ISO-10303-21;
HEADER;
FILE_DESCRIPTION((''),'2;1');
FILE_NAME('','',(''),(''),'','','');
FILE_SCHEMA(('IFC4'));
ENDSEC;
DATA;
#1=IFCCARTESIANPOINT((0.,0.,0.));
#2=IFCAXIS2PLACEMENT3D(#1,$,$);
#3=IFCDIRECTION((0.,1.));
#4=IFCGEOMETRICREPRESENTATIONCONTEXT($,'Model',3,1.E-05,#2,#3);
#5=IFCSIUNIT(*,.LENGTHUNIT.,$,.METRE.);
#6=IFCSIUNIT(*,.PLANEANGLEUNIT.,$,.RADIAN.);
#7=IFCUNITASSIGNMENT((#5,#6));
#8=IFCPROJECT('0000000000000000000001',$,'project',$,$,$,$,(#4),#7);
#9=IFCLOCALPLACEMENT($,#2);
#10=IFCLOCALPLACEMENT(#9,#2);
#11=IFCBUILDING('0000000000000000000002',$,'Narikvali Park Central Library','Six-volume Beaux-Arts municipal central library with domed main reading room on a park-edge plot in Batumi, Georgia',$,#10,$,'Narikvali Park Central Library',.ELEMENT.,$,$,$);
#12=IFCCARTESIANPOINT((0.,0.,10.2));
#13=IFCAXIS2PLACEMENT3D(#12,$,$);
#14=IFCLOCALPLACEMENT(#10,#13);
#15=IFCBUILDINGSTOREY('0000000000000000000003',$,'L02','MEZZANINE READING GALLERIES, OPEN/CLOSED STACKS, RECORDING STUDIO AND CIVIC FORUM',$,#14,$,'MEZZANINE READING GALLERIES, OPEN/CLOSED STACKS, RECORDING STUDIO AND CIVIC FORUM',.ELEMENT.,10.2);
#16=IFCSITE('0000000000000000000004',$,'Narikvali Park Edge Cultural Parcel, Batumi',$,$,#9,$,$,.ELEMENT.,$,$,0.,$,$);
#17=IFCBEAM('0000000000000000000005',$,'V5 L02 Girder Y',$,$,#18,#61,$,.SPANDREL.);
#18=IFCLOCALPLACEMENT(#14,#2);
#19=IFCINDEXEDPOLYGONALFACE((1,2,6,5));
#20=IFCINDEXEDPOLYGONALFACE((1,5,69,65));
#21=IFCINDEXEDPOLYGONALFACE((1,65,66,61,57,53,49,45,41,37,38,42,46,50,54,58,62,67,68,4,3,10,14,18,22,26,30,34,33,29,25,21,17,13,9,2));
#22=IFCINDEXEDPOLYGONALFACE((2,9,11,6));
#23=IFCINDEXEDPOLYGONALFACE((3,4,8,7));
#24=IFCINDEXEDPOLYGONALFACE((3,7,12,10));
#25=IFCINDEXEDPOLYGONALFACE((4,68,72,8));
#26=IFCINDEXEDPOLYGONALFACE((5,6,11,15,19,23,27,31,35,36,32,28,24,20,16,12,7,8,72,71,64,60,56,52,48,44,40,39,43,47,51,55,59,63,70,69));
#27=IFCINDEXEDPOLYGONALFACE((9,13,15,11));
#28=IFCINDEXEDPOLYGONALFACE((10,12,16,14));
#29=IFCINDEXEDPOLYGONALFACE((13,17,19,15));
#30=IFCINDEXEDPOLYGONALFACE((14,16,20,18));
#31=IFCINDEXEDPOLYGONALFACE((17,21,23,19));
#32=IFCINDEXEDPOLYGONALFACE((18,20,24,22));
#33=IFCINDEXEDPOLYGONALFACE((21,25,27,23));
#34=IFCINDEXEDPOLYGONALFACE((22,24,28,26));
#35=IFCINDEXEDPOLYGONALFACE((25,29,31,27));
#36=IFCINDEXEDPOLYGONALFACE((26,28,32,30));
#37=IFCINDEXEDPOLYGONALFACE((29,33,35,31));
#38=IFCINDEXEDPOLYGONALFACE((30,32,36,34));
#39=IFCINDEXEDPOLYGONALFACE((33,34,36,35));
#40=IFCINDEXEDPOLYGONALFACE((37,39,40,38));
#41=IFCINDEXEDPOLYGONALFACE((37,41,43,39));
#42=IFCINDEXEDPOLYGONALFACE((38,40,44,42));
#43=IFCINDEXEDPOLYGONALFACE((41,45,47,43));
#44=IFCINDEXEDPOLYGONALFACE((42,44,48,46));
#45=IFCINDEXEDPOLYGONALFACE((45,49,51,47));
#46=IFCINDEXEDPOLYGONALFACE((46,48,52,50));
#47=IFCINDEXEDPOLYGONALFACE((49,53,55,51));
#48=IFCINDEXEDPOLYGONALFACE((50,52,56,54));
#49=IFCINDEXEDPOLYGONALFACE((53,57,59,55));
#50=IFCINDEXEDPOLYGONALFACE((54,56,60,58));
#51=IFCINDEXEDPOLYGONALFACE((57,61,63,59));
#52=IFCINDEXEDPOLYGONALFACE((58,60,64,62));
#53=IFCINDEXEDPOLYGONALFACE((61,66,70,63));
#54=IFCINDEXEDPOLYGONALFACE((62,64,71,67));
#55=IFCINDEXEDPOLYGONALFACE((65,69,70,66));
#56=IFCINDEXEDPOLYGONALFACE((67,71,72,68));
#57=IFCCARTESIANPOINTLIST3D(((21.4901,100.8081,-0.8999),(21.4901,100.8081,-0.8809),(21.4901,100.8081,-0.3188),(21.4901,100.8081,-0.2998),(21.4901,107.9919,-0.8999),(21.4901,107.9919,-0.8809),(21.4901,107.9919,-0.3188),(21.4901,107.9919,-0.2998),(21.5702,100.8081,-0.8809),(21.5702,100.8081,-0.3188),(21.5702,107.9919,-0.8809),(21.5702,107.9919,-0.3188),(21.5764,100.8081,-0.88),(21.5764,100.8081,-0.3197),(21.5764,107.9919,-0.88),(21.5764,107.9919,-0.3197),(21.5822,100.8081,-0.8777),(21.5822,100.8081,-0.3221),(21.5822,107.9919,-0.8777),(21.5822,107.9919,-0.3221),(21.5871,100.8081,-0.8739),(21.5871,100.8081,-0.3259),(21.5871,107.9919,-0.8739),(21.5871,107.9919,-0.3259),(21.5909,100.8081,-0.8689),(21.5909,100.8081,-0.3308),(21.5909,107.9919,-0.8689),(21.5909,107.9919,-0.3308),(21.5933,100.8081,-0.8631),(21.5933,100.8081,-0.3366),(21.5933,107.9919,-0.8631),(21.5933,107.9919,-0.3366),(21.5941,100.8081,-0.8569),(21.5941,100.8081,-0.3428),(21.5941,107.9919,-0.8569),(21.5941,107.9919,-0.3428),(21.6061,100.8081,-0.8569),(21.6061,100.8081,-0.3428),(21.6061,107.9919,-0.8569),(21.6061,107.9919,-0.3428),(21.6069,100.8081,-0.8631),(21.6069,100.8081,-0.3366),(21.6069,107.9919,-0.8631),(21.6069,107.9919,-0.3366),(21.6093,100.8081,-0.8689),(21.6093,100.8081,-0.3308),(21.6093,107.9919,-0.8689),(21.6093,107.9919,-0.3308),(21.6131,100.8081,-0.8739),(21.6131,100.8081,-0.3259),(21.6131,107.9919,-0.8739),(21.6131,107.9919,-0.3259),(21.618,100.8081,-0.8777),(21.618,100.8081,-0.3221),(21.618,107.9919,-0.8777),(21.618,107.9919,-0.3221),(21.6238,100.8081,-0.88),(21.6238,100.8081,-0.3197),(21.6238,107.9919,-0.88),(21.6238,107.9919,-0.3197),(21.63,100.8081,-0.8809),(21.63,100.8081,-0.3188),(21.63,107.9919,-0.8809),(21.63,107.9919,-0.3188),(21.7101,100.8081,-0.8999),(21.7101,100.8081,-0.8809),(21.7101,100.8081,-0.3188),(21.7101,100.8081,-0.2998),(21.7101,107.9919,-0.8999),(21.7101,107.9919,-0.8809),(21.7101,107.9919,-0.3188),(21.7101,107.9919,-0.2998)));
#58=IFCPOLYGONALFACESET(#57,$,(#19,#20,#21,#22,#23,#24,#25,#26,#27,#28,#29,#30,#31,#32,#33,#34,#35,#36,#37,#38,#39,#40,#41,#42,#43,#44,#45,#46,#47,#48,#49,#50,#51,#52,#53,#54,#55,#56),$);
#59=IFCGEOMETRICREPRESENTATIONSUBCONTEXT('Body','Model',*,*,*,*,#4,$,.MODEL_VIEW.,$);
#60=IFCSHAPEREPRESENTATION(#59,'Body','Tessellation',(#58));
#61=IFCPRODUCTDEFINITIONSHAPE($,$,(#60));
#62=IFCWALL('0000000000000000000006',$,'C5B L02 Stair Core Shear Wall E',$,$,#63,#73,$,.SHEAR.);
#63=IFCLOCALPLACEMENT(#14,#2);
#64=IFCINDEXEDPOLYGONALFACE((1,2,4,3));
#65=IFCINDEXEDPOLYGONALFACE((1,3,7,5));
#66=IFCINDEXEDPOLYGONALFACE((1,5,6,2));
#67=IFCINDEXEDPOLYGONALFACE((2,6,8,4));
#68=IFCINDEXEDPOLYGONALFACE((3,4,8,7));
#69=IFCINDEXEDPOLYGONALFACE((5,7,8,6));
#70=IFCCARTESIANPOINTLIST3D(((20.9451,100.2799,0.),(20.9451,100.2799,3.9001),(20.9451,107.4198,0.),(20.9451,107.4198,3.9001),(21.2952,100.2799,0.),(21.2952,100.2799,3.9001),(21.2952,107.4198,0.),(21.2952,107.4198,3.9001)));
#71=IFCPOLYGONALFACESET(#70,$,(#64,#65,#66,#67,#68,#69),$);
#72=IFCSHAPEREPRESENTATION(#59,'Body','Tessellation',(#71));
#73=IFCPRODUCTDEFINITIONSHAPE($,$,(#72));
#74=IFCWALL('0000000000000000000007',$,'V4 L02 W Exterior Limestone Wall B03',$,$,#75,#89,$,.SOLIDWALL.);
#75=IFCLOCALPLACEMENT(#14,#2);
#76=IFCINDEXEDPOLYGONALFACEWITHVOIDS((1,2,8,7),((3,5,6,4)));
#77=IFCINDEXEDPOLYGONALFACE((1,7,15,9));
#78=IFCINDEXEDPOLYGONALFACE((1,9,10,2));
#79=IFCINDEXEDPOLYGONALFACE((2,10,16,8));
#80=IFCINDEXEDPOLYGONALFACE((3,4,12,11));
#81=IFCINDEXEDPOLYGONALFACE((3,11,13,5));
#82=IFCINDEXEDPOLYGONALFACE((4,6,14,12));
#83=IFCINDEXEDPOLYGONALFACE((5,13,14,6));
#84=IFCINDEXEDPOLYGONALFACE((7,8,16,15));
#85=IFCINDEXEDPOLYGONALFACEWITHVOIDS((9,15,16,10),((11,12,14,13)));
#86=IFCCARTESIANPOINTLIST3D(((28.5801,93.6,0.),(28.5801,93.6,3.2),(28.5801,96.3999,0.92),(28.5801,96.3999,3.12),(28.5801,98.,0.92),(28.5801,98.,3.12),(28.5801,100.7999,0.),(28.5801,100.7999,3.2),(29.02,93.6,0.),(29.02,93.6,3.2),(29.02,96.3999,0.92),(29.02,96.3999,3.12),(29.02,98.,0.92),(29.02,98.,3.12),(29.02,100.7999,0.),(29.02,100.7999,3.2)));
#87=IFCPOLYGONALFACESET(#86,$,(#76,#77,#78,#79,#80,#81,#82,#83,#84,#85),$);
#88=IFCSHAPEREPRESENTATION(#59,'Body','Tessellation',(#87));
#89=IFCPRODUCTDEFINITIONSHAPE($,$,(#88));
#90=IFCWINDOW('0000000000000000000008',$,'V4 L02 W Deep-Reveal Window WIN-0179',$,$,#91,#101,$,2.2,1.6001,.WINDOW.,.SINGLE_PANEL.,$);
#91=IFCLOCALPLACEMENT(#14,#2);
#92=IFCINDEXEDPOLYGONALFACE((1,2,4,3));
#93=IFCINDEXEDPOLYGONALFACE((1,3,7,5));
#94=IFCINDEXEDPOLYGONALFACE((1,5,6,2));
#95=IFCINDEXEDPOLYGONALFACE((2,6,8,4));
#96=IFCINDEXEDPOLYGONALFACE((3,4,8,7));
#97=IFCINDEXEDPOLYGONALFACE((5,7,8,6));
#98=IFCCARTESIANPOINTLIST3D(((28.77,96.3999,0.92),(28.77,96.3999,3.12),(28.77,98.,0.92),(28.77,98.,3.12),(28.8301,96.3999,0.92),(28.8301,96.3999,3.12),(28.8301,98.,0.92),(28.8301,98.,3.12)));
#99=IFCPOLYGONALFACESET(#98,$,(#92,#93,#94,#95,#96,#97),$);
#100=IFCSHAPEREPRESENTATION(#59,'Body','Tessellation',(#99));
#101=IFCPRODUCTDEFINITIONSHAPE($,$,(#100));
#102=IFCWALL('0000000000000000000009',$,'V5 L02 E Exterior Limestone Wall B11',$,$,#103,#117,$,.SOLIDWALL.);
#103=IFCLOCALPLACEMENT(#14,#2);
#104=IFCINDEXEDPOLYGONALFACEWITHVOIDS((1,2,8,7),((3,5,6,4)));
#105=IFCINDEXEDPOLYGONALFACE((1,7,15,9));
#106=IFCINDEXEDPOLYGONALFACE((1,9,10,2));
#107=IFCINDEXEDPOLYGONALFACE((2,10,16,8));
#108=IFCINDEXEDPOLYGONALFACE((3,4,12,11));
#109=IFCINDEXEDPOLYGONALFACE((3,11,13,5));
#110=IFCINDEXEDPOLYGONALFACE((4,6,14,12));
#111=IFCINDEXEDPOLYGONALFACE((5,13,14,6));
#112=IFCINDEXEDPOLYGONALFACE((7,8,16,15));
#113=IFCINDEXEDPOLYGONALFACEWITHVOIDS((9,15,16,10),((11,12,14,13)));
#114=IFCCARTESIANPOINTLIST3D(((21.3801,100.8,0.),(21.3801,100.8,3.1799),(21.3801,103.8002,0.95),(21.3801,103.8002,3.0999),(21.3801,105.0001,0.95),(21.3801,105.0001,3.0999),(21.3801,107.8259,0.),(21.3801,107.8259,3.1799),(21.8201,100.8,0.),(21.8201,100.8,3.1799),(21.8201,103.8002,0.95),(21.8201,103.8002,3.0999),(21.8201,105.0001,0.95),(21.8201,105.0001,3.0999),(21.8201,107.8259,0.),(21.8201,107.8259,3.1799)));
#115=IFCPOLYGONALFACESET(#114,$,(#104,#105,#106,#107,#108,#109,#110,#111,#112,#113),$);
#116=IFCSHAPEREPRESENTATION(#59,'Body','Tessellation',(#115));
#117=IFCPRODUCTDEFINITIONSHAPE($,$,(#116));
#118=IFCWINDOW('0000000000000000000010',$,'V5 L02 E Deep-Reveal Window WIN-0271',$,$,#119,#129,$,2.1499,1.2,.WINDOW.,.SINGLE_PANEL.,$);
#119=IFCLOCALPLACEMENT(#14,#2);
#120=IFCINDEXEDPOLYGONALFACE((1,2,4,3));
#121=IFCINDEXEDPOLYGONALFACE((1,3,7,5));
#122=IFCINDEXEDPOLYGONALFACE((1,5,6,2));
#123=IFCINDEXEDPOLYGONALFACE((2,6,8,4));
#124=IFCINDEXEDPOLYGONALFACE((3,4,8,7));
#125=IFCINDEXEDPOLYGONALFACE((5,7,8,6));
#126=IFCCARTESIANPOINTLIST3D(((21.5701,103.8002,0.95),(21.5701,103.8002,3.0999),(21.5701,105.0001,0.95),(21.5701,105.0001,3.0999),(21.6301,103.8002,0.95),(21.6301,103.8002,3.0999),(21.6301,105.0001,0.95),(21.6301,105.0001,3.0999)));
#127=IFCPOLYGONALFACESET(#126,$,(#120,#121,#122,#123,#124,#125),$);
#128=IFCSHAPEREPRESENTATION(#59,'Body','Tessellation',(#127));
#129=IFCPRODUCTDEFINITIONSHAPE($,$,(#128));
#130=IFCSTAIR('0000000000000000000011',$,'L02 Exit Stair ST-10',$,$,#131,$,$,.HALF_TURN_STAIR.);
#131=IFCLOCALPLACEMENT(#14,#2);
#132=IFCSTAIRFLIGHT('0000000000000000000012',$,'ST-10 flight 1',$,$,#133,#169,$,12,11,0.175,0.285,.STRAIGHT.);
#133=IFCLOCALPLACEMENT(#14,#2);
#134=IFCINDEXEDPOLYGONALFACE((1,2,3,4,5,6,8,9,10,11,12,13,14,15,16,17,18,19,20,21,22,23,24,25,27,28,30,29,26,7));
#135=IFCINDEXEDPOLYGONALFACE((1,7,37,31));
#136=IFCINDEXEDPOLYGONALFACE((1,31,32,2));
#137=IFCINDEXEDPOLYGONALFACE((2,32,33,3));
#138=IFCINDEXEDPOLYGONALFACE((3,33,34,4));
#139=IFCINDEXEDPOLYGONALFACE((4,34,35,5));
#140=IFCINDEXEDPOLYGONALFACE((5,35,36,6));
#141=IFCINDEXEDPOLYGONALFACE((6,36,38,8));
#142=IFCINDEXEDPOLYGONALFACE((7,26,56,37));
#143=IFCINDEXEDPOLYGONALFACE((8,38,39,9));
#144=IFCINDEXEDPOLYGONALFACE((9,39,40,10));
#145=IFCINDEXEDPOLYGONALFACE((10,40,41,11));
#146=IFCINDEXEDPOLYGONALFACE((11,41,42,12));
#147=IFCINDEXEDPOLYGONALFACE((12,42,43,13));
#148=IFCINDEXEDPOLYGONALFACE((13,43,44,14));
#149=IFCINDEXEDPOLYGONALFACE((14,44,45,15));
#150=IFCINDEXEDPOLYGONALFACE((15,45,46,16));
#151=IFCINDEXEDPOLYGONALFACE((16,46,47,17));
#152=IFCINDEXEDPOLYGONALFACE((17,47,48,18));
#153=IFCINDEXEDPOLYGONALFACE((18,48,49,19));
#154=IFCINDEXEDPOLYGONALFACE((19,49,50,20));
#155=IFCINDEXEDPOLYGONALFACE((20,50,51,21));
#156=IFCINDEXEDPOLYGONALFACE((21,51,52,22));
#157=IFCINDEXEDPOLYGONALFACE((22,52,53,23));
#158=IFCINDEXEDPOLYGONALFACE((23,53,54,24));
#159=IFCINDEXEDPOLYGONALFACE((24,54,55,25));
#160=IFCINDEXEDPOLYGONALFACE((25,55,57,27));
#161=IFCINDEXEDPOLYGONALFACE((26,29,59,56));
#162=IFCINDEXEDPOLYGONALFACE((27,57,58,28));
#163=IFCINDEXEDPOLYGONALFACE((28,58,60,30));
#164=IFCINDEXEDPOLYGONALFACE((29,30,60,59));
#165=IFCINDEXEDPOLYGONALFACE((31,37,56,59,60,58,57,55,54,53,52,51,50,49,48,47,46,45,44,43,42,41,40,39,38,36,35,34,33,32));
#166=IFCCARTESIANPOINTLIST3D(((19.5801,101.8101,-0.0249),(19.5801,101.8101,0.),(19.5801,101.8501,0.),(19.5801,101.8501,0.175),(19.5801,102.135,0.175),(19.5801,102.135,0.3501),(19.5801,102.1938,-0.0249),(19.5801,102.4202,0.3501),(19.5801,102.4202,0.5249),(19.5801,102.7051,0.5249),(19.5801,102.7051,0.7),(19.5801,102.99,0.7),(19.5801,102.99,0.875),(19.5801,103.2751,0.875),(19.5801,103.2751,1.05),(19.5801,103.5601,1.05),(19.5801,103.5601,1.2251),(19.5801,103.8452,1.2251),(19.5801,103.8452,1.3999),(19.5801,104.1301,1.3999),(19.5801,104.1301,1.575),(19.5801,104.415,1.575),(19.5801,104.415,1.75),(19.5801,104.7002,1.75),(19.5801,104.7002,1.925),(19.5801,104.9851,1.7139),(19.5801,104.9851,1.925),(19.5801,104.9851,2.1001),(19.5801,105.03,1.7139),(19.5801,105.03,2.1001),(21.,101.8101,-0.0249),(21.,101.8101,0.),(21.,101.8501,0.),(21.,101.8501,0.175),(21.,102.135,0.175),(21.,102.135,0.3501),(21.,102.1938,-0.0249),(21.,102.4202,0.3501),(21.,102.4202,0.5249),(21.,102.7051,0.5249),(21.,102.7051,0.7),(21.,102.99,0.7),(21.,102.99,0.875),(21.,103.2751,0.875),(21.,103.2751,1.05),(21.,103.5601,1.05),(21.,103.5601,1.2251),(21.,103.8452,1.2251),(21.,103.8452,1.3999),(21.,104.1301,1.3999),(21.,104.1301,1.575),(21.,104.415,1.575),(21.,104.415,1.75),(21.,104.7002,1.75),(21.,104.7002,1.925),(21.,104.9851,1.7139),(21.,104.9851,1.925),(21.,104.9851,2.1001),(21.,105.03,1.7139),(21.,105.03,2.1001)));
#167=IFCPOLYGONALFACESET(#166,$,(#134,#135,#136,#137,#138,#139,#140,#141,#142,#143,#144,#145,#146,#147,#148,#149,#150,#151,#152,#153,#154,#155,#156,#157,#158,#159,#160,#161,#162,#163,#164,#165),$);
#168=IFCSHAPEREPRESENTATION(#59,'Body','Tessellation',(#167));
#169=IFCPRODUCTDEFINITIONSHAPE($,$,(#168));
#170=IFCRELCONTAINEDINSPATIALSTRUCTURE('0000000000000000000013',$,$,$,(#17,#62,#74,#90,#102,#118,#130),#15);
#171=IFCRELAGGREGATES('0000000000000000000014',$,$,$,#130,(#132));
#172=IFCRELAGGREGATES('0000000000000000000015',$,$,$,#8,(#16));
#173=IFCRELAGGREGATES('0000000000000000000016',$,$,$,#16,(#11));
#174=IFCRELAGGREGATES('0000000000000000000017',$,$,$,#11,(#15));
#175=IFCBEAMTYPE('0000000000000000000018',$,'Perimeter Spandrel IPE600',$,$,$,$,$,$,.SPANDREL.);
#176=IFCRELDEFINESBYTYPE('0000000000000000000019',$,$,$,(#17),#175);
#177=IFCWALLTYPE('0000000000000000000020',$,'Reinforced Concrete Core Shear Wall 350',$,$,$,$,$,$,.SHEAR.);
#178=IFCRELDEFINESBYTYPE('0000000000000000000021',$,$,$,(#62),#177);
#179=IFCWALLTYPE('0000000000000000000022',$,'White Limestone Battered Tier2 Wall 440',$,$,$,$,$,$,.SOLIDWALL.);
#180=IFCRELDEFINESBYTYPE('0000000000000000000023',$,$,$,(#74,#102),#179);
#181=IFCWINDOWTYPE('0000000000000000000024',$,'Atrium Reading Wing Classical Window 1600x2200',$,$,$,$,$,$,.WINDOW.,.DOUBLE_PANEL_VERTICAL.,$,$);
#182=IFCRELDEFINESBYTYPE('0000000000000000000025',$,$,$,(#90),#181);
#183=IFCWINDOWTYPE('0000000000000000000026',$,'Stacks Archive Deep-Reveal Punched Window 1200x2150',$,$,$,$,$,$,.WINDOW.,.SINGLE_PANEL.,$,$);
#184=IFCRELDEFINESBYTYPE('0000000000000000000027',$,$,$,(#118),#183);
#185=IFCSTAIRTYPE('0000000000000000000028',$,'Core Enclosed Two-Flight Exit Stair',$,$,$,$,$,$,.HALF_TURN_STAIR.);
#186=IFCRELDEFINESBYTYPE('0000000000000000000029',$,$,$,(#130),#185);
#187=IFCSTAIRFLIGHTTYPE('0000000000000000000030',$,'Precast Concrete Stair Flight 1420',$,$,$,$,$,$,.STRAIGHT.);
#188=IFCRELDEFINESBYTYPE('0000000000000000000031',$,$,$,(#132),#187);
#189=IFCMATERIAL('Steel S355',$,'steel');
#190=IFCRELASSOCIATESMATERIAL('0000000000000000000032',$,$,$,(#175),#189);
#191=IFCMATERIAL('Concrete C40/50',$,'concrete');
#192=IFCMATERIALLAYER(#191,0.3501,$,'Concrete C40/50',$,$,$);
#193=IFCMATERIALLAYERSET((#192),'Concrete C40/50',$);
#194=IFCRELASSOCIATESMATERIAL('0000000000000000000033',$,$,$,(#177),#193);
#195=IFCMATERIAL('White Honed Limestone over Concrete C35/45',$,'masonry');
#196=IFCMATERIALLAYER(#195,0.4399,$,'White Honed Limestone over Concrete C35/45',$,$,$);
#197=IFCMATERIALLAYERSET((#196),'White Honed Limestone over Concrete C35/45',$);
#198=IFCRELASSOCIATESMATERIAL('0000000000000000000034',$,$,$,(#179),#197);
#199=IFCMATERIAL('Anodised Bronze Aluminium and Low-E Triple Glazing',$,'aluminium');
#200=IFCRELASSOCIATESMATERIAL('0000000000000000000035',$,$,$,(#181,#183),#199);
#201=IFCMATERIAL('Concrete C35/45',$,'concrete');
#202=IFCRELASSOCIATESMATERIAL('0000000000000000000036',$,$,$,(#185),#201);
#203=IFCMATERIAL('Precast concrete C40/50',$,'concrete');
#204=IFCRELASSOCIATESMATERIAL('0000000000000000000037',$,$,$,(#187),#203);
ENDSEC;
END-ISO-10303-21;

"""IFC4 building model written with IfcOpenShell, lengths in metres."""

from ifc_helpers import new_model, si_unit, direction, frame, frame_2d, origin, origin_2d, place, context, subcontext, project, spatial, polyline, rectangle, i_section, outline, extrude, material, layer, layer_set, material_profile, profile_set, type_object, element, fill, aggregate, save


model = new_model("IFC4")

# Units and contexts
model_context = context("Model", 3, precision=1e-05, world=origin(), true_north=direction((0.0, 1.0)))
body_context = subcontext(model_context, "Body", "Model", "MODEL_VIEW")
ifc_project = project(units=[si_unit("LENGTHUNIT", "METRE"), si_unit("PLANEANGLEUNIT", "RADIAN")], contexts=[model_context])

# Site, building, storey
site_placement = place(None, origin())
site = spatial("IfcSite", under=ifc_project, at=site_placement, Name="Narikvali Park Edge Cultural Parcel, Batumi", CompositionType="ELEMENT", RefElevation=0.0)
building_placement = place(site_placement, origin())
building = spatial("IfcBuilding", under=site, at=building_placement, Name="Narikvali Park Central Library", Description="Six-volume Beaux-Arts municipal central library with domed main reading room on a park-edge plot in Batumi, Georgia", LongName="Narikvali Park Central Library", CompositionType="ELEMENT")
storey_placement = place(building_placement, frame((0.0, 0.0, 10.2)))
storey = spatial("IfcBuildingStorey", under=building, at=storey_placement, Name="L02", Description="MEZZANINE READING GALLERIES, OPEN/CLOSED STACKS, RECORDING STUDIO AND CIVIC FORUM", LongName="MEZZANINE READING GALLERIES, OPEN/CLOSED STACKS, RECORDING STUDIO AND CIVIC FORUM", CompositionType="ELEMENT", Elevation=10.2)

# Shared definitions
ifc_material_1 = material(Name="Steel S355", Category="steel")

# Beam
ifc_material_profile_1 = material_profile(ifc_material_1, i_section(OverallWidth=0.22, OverallDepth=0.6001, WebThickness=0.012, FlangeThickness=0.019, FilletRadius=0.0239, at=origin_2d()), Name="IPE 600")
ifc_profile_set_1 = profile_set([ifc_material_profile_1], Name="Steel S355")
beam_type_1 = type_object("IfcBeamType", Name="Perimeter Spandrel IPE600", PredefinedType="SPANDREL", material=ifc_profile_set_1)
beam_1_placement = place(storey_placement, frame((21.6001, 100.8081, -0.5999), z_axis=(0.0, 1.0, 0.0), x_axis=(-1.0, 0.0, 0.0)))
element("IfcBeam", 1, at=beam_1_placement, inside=storey, type_object=beam_type_1, Name="V5 L02 Girder Y", PredefinedType="SPANDREL", context=body_context, shape_type="SweptSolid", body=[
    extrude(i_section(OverallWidth=0.22, OverallDepth=0.6001, WebThickness=0.012, FlangeThickness=0.019, FilletRadius=0.0239, at=origin_2d()), origin(), (0.0, 0.0, 1.0), 7.1838),
])

# Shared definitions
ifc_material_2 = material(Name="Concrete C40/50", Category="concrete")
ifc_layer_1 = layer(ifc_material_2, 0.3501, Name="Concrete C40/50")
ifc_layer_set_1 = layer_set([ifc_layer_1], Name="Concrete C40/50")
wall_type_1 = type_object("IfcWallType", Name="Reinforced Concrete Core Shear Wall 350", PredefinedType="SHEAR", material=ifc_layer_set_1)

# Wall
wall_1_placement = place(storey_placement, frame((21.1201, 100.28, 0.0), z_axis=(0.0, 0.0, 1.0), x_axis=(0.0, 1.0, 0.0)))
element("IfcWall", 2, at=wall_1_placement, inside=storey, type_object=wall_type_1, Name="C5B L02 Stair Core Shear Wall E", PredefinedType="SHEAR", context=body_context, shape_type="SweptSolid", body=[
    extrude(rectangle(XDim=7.1399, YDim=0.3501, at=frame_2d((3.5698, 0.0))), origin(), (0.0, 0.0, 1.0), 3.9001),
])

# Walls, openings, windows
ifc_material_3 = material(Name="White Honed Limestone over Concrete C35/45", Category="masonry")
ifc_layer_2 = layer(ifc_material_3, 0.4399, Name="White Honed Limestone over Concrete C35/45")
ifc_layer_set_2 = layer_set([ifc_layer_2], Name="White Honed Limestone over Concrete C35/45")
wall_type_2 = type_object("IfcWallType", Name="White Limestone Battered Tier2 Wall 440", PredefinedType="SOLIDWALL", material=ifc_layer_set_2)
wall_2_placement = place(storey_placement, frame((28.8, 100.8, 0.0), z_axis=(0.0, 0.0, 1.0), x_axis=(0.0, -1.0, 0.0)))
wall_2 = element("IfcWall", 3, at=wall_2_placement, inside=storey, type_object=wall_type_2, Name="V4 L02 W Exterior Limestone Wall B03", PredefinedType="SOLIDWALL", context=body_context, shape_type="SweptSolid", body=[
    extrude(rectangle(XDim=7.2, YDim=0.4399, at=frame_2d((3.6001, 0.0))), origin(), (0.0, 0.0, 1.0), 3.2),
])
opening_1_placement = place(wall_2_placement, frame((2.8, 0.0, 0.9199)))
opening_1 = element("IfcOpeningElement", 4, at=opening_1_placement, cuts=wall_2, PredefinedType="OPENING", context=body_context, shape_type="SweptSolid", body=[
    extrude(rectangle(XDim=1.6001, YDim=2.2, at=frame_2d((0.8, 1.1001))), frame((0.0, 0.2319, 0.0), z_axis=(0.0, -1.0, 0.0), x_axis=(1.0, 0.0, 0.0)), (0.0, 0.0, 1.0), 0.4639),
])
ifc_material_4 = material(Name="Anodised Bronze Aluminium and Low-E Triple Glazing", Category="aluminium")
window_type_1 = type_object("IfcWindowType", Name="Atrium Reading Wing Classical Window 1600x2200", PartitioningType="DOUBLE_PANEL_VERTICAL", PredefinedType="WINDOW", material=ifc_material_4)
window_1_placement = place(opening_1_placement, origin())
window_1 = element("IfcWindow", 5, at=window_1_placement, inside=storey, type_object=window_type_1, Name="V4 L02 W Deep-Reveal Window WIN-0179", OverallHeight=2.2, OverallWidth=1.6001, PartitioningType="SINGLE_PANEL", PredefinedType="WINDOW", context=body_context, shape_type="SweptSolid", body=[
    extrude(rectangle(XDim=1.6001, YDim=2.2, at=frame_2d((0.8, 1.1001))), frame((0.0, 0.03, 0.0), z_axis=(0.0, -1.0, 0.0), x_axis=(1.0, 0.0, 0.0)), (0.0, 0.0, 1.0), 0.0601),
])
fill(opening_1, window_1)
wall_3_placement = place(storey_placement, frame((21.6001, 100.8, 0.0), z_axis=(0.0, 0.0, 1.0), x_axis=(0.0, 1.0, 0.0)))
wall_3 = element("IfcWall", 6, at=wall_3_placement, inside=storey, type_object=wall_type_2, Name="V5 L02 E Exterior Limestone Wall B11", PredefinedType="SOLIDWALL", context=body_context, shape_type="SweptSolid", body=[
    extrude(rectangle(XDim=7.0259, YDim=0.4399, at=frame_2d((3.5129, 0.0))), origin(), (0.0, 0.0, 1.0), 3.1799),
])
opening_2_placement = place(wall_3_placement, frame((3.0, 0.0, 0.95)))
opening_2 = element("IfcOpeningElement", 7, at=opening_2_placement, cuts=wall_3, PredefinedType="OPENING", context=body_context, shape_type="SweptSolid", body=[
    extrude(rectangle(XDim=1.2, YDim=2.1499, at=frame_2d((0.6001, 1.075))), frame((0.0, 0.2319, 0.0), z_axis=(0.0, -1.0, 0.0), x_axis=(1.0, 0.0, 0.0)), (0.0, 0.0, 1.0), 0.4639),
])
window_type_2 = type_object("IfcWindowType", Name="Stacks Archive Deep-Reveal Punched Window 1200x2150", PartitioningType="SINGLE_PANEL", PredefinedType="WINDOW", material=ifc_material_4)
window_2_placement = place(opening_2_placement, origin())
window_2 = element("IfcWindow", 8, at=window_2_placement, inside=storey, type_object=window_type_2, Name="V5 L02 E Deep-Reveal Window WIN-0271", OverallHeight=2.1499, OverallWidth=1.2, PartitioningType="SINGLE_PANEL", PredefinedType="WINDOW", context=body_context, shape_type="SweptSolid", body=[
    extrude(rectangle(XDim=1.2, YDim=2.1499, at=frame_2d((0.6001, 1.075))), frame((0.0, 0.03, 0.0), z_axis=(0.0, -1.0, 0.0), x_axis=(1.0, 0.0, 0.0)), (0.0, 0.0, 1.0), 0.0601),
])
fill(opening_2, window_2)

# Stair, stair flight
ifc_material_5 = material(Name="Concrete C35/45", Category="concrete")
stair_type = type_object("IfcStairType", Name="Core Enclosed Two-Flight Exit Stair", PredefinedType="HALF_TURN_STAIR", material=ifc_material_5)
stair_placement = place(storey_placement, origin())
stair = element("IfcStair", 9, at=stair_placement, inside=storey, type_object=stair_type, Name="L02 Exit Stair ST-10", PredefinedType="HALF_TURN_STAIR")
ifc_material_6 = material(Name="Precast concrete C40/50", Category="concrete")
stair_flight_type = type_object("IfcStairFlightType", Name="Precast Concrete Stair Flight 1420", PredefinedType="STRAIGHT", material=ifc_material_6)
stair_flight_placement = place(storey_placement, frame((20.29, 101.8501, 0.0), z_axis=(0.0, 0.0, 1.0), x_axis=(0.0, 1.0, 0.0)))
stair_flight = element("IfcStairFlight", 10, at=stair_flight_placement, type_object=stair_flight_type, Name="ST-10 flight 1", NumberOfRisers=12, NumberOfTreads=11, PredefinedType="STRAIGHT", RiserHeight=0.175, TreadLength=0.285, context=body_context, shape_type="SweptSolid", body=[
    extrude(outline(polyline([(-0.04, -0.0249), (-0.04, 0.0), (0.0, 0.0), (0.0, 0.175), (0.2849, 0.175), (0.2849, 0.3501), (0.5701, 0.3501), (0.5701, 0.5249), (0.855, 0.5249), (0.855, 0.7), (1.1399, 0.7), (1.1399, 0.875), (1.425, 0.875), (1.425, 1.05), (1.71, 1.05), (1.71, 1.2251), (1.9951, 1.2251), (1.9951, 1.3999), (2.28, 1.3999), (2.28, 1.575), (2.5649, 1.575), (2.5649, 1.75), (2.8501, 1.75), (2.8501, 1.925), (3.135, 1.925), (3.135, 2.1001), (3.1799, 2.1001), (3.1799, 1.7139), (3.135, 1.7139), (0.3438, -0.0249), (-0.04, -0.0249)])), frame((0.0, 0.71, 0.0), z_axis=(0.0, -1.0, 0.0), x_axis=(1.0, 0.0, 0.0)), (0.0, 0.0, 1.0), 1.4199),
])
aggregate(stair, [stair_flight])

save(model, "model.ifc")
